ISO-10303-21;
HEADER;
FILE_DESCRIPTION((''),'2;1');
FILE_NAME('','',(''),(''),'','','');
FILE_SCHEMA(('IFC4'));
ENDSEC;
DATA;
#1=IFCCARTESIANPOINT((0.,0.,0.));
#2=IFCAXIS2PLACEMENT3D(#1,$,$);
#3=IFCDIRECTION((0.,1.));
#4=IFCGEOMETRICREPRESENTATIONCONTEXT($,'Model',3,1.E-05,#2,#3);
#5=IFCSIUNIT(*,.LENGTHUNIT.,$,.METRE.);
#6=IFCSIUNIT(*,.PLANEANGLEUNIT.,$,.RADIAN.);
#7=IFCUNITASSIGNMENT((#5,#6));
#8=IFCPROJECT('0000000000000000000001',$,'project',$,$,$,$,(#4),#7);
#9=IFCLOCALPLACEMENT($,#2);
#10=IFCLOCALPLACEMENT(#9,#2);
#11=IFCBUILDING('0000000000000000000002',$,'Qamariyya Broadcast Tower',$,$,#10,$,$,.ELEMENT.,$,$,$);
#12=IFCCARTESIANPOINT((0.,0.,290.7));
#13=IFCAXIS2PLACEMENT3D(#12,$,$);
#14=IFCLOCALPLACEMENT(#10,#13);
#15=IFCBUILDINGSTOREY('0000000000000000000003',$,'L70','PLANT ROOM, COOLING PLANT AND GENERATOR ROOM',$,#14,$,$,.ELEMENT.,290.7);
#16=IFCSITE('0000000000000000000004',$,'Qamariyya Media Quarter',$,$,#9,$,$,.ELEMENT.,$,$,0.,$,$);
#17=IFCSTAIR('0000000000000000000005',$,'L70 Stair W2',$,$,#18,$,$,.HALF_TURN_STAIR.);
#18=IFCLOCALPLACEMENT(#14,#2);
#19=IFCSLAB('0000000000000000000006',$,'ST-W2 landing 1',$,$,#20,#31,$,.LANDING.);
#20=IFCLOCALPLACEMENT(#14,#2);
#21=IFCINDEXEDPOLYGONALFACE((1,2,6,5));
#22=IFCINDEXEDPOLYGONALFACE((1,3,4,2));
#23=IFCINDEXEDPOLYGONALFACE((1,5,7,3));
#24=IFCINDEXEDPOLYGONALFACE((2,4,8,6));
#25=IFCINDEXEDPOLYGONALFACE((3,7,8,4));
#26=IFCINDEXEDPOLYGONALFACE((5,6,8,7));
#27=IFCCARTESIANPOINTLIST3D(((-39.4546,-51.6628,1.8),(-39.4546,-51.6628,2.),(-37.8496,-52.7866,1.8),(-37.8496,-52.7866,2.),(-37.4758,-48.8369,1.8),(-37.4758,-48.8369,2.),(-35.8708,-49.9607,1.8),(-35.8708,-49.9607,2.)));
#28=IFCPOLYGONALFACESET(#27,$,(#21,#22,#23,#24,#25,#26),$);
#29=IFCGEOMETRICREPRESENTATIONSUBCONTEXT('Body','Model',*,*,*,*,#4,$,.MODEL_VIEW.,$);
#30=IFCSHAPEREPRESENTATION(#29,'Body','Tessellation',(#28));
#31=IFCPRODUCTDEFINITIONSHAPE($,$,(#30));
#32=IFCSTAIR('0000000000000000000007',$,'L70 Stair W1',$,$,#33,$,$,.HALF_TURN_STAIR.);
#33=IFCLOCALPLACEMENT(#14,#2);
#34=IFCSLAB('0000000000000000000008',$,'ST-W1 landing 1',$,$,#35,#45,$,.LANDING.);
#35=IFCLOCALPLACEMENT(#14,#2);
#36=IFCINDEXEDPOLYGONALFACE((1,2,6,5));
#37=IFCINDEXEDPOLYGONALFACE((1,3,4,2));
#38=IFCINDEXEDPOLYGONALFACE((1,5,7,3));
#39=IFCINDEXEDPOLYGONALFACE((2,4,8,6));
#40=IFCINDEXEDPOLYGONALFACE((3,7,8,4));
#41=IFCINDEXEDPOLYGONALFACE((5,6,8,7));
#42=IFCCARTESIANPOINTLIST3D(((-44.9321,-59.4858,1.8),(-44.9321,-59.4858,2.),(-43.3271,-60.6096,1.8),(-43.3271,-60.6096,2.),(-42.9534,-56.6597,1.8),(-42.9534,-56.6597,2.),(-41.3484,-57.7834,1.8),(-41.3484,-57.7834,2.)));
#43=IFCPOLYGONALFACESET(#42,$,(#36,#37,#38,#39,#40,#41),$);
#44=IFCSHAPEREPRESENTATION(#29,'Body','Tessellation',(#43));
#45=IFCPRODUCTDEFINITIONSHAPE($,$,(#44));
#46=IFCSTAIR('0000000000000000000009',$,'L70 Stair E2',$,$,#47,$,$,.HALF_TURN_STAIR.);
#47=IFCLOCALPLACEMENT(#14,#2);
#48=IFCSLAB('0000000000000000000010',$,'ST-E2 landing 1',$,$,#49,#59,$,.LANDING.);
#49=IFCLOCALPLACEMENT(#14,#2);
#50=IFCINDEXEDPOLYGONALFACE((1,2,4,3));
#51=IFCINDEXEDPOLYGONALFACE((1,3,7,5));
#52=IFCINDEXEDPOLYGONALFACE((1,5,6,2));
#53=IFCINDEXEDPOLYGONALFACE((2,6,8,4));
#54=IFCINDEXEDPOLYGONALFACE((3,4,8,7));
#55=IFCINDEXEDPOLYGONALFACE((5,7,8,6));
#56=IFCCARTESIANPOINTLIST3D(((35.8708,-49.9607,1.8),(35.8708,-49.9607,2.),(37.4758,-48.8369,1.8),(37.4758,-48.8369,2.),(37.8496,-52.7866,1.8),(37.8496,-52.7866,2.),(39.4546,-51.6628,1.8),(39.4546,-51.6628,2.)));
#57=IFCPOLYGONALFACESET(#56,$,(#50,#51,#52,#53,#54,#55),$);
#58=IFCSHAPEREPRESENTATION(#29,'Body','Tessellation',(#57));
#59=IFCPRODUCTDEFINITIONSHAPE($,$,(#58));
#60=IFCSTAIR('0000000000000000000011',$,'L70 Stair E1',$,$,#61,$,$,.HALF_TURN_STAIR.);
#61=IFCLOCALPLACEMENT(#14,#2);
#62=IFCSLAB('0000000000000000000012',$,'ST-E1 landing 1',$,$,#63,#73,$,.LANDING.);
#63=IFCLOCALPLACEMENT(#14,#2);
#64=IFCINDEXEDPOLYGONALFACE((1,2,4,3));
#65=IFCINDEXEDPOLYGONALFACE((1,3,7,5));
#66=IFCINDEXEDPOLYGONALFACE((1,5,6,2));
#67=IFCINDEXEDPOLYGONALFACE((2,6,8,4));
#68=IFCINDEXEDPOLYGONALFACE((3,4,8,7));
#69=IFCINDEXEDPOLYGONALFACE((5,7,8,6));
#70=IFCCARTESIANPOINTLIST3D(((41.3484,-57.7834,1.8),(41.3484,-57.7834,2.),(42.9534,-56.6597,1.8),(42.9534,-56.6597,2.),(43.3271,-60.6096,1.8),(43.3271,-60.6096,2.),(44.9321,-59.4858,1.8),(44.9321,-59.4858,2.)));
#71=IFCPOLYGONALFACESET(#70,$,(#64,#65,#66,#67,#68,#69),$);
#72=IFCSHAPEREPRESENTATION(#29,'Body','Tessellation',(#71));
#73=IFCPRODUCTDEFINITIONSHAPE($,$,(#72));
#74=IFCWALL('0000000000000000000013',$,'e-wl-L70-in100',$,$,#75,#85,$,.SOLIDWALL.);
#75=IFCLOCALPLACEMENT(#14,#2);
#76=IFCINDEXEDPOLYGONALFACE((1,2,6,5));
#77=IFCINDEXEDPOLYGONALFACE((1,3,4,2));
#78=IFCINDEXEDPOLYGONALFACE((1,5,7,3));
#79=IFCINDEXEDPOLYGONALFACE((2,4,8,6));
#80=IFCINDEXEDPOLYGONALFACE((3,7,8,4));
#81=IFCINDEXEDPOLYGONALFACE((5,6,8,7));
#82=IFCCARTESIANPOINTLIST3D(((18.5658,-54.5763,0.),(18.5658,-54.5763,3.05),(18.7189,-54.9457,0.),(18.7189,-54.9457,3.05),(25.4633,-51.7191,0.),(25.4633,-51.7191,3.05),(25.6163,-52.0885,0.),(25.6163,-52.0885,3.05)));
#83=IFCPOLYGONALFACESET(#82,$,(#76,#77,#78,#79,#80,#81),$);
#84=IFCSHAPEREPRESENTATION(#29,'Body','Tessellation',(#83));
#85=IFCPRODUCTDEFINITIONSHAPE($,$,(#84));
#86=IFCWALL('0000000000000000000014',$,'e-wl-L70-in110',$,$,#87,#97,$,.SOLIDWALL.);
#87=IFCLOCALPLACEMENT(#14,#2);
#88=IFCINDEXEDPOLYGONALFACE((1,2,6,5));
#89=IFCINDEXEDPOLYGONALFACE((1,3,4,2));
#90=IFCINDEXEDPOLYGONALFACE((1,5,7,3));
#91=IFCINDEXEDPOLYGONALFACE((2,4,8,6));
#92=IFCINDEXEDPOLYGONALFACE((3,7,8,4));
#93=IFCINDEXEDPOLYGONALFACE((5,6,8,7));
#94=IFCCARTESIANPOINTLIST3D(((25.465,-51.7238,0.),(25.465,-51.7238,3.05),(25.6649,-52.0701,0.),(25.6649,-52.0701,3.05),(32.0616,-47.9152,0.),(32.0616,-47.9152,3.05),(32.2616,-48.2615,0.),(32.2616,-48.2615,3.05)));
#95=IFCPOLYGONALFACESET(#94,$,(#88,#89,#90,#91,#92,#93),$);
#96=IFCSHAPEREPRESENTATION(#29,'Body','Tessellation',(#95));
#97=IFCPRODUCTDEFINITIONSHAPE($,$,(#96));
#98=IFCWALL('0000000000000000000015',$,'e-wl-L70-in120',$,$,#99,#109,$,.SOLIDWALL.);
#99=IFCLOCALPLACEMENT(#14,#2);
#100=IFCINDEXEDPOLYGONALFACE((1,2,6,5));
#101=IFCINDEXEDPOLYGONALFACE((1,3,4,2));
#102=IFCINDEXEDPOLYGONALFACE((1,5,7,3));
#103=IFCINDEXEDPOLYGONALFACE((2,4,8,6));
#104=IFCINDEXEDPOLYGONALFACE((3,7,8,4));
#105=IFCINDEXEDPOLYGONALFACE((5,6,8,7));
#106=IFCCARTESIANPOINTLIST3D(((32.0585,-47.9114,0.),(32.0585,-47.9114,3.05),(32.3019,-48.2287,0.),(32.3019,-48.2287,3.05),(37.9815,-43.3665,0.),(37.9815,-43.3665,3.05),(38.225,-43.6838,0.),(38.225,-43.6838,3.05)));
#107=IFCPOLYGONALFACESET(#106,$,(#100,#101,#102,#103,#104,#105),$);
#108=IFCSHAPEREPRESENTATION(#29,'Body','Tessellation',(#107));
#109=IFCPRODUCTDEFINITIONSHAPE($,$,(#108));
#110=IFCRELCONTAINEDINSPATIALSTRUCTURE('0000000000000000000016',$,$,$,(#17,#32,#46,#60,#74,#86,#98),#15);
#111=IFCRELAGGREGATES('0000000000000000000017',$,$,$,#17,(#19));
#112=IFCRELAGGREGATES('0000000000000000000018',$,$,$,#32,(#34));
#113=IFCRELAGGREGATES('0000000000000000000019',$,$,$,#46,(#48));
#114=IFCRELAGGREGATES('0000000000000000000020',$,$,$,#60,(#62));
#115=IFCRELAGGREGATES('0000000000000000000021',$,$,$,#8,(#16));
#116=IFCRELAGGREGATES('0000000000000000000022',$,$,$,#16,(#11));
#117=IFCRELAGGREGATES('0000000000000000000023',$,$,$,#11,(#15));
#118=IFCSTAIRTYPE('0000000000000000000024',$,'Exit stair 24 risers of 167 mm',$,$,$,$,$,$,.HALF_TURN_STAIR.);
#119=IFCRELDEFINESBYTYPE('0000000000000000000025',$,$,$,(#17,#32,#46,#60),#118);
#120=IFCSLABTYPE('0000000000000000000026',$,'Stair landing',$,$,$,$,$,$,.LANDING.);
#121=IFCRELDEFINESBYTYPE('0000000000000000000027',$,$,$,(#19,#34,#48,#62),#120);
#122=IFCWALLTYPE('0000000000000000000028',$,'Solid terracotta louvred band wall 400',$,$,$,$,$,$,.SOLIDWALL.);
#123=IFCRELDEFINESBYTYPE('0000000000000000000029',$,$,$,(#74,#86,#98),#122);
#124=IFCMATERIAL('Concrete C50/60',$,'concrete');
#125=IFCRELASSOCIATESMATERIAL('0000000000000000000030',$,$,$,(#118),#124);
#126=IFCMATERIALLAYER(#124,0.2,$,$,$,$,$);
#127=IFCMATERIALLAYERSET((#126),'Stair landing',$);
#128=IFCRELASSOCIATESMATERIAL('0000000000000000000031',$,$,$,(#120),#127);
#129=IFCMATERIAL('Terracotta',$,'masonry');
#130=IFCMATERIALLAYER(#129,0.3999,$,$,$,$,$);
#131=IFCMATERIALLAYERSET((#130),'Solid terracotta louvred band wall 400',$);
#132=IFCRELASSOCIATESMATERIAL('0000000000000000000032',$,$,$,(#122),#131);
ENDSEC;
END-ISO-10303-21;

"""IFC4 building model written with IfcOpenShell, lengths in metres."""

from ifc_helpers import new_model, si_unit, direction, frame, frame_2d, origin, place, context, subcontext, project, spatial, polyline, rectangle, outline, extrude, material, layer, layer_set, type_object, element, aggregate, save


model = new_model("IFC4")

# Units and contexts
model_context = context("Model", 3, precision=1e-05, world=origin(), true_north=direction((0.0, 1.0)))
body_context = subcontext(model_context, "Body", "Model", "MODEL_VIEW")
ifc_project = project(units=[si_unit("LENGTHUNIT", "METRE"), si_unit("PLANEANGLEUNIT", "RADIAN")], contexts=[model_context])

# Site, building, storey
site_placement = place(None, origin())
site = spatial("IfcSite", under=ifc_project, at=site_placement, Name="Qamariyya Media Quarter", CompositionType="ELEMENT", RefElevation=0.0)
building_placement = place(site_placement, origin())
building = spatial("IfcBuilding", under=site, at=building_placement, Name="Qamariyya Broadcast Tower", CompositionType="ELEMENT")
storey_placement = place(building_placement, frame((0.0, 0.0, 290.7)))
storey = spatial("IfcBuildingStorey", under=building, at=storey_placement, Name="L70", Description="PLANT ROOM, COOLING PLANT AND GENERATOR ROOM", CompositionType="ELEMENT", Elevation=290.7)

# Shared definitions
ifc_material_1 = material(Name="Concrete C50/60", Category="concrete")

# Stairs, slabs
stair_type = type_object("IfcStairType", Name="Exit stair 24 risers of 167 mm", PredefinedType="HALF_TURN_STAIR", material=ifc_material_1)
stair_1_placement = place(storey_placement, origin())
stair_1 = element("IfcStair", 1, at=stair_1_placement, inside=storey, type_object=stair_type, Name="L70 Stair W2", PredefinedType="HALF_TURN_STAIR")
ifc_layer_1 = layer(ifc_material_1, 0.2)
ifc_layer_set_1 = layer_set([ifc_layer_1], Name="Stair landing")
slab_type_1 = type_object("IfcSlabType", Name="Stair landing", PredefinedType="LANDING", material=ifc_layer_set_1)
slab_1_placement = place(storey_placement, frame((0.0, 0.0, 1.8)))
slab_1 = element("IfcSlab", 2, at=slab_1_placement, type_object=slab_type_1, Name="ST-W2 landing 1", PredefinedType="LANDING", context=body_context, shape_type="SweptSolid", body=[
    extrude(outline(polyline([(-39.4546, -51.6628), (-37.8496, -52.7866), (-35.8708, -49.9607), (-37.4758, -48.8369), (-39.4546, -51.6628)])), origin(), (0.0, 0.0, 1.0), 0.2),
])
aggregate(stair_1, [slab_1])
stair_2_placement = place(storey_placement, origin())
stair_2 = element("IfcStair", 3, at=stair_2_placement, inside=storey, type_object=stair_type, Name="L70 Stair W1", PredefinedType="HALF_TURN_STAIR")
slab_2_placement = place(storey_placement, frame((0.0, 0.0, 1.8)))
slab_2 = element("IfcSlab", 4, at=slab_2_placement, type_object=slab_type_1, Name="ST-W1 landing 1", PredefinedType="LANDING", context=body_context, shape_type="SweptSolid", body=[
    extrude(outline(polyline([(-44.9321, -59.4858), (-43.3271, -60.6096), (-41.3484, -57.7834), (-42.9534, -56.6597), (-44.9321, -59.4858)])), origin(), (0.0, 0.0, 1.0), 0.2),
])
aggregate(stair_2, [slab_2])
stair_3_placement = place(storey_placement, origin())
stair_3 = element("IfcStair", 5, at=stair_3_placement, inside=storey, type_object=stair_type, Name="L70 Stair E2", PredefinedType="HALF_TURN_STAIR")
slab_3_placement = place(storey_placement, frame((0.0, 0.0, 1.8)))
slab_3 = element("IfcSlab", 6, at=slab_3_placement, type_object=slab_type_1, Name="ST-E2 landing 1", PredefinedType="LANDING", context=body_context, shape_type="SweptSolid", body=[
    extrude(outline(polyline([(37.4758, -48.8369), (35.8708, -49.9607), (37.8496, -52.7866), (39.4546, -51.6628), (37.4758, -48.8369)])), origin(), (0.0, 0.0, 1.0), 0.2),
])
aggregate(stair_3, [slab_3])
stair_4_placement = place(storey_placement, origin())
stair_4 = element("IfcStair", 7, at=stair_4_placement, inside=storey, type_object=stair_type, Name="L70 Stair E1", PredefinedType="HALF_TURN_STAIR")
slab_4_placement = place(storey_placement, frame((0.0, 0.0, 1.8)))
slab_4 = element("IfcSlab", 8, at=slab_4_placement, type_object=slab_type_1, Name="ST-E1 landing 1", PredefinedType="LANDING", context=body_context, shape_type="SweptSolid", body=[
    extrude(outline(polyline([(42.9534, -56.6597), (41.3484, -57.7834), (43.3271, -60.6096), (44.9321, -59.4858), (42.9534, -56.6597)])), origin(), (0.0, 0.0, 1.0), 0.2),
])
aggregate(stair_4, [slab_4])

# Walls
ifc_material_2 = material(Name="Terracotta", Category="masonry")
ifc_layer_2 = layer(ifc_material_2, 0.3999)
ifc_layer_set_2 = layer_set([ifc_layer_2], Name="Solid terracotta louvred band wall 400")
wall_type = type_object("IfcWallType", Name="Solid terracotta louvred band wall 400", PredefinedType="SOLIDWALL", material=ifc_layer_set_2)
wall_1_placement = place(storey_placement, frame((25.5398, -51.9038, 0.0), z_axis=(0.0, 0.0, 1.0), x_axis=(-0.923872, -0.382701, 0.0)))
element("IfcWall", 9, at=wall_1_placement, inside=storey, type_object=wall_type, Name="e-wl-L70-in100", PredefinedType="SOLIDWALL", context=body_context, shape_type="SweptSolid", body=[
    extrude(rectangle(XDim=7.4658, YDim=0.3999, at=frame_2d((3.7329, 0.0))), origin(), (0.0, 0.0, 1.0), 3.05),
])
wall_2_placement = place(storey_placement, frame((32.1616, -48.0884, 0.0), z_axis=(0.0, 0.0, 1.0), x_axis=(-0.866025, -0.5, 0.0)))
element("IfcWall", 10, at=wall_2_placement, inside=storey, type_object=wall_type, Name="e-wl-L70-in110", PredefinedType="SOLIDWALL", context=body_context, shape_type="SweptSolid", body=[
    extrude(rectangle(XDim=7.6172, YDim=0.3999, at=frame_2d((3.8086, 0.0))), origin(), (0.0, 0.0, 1.0), 3.05),
])
wall_3_placement = place(storey_placement, frame((38.1033, -43.5251, 0.0), z_axis=(0.0, 0.0, 1.0), x_axis=(-0.793355, -0.608759, 0.0)))
element("IfcWall", 11, at=wall_3_placement, inside=storey, type_object=wall_type, Name="e-wl-L70-in120", PredefinedType="SOLIDWALL", context=body_context, shape_type="SweptSolid", body=[
    extrude(rectangle(XDim=7.4658, YDim=0.3999, at=frame_2d((3.7329, 0.0))), origin(), (0.0, 0.0, 1.0), 3.05),
])

save(model, "model.ifc")
